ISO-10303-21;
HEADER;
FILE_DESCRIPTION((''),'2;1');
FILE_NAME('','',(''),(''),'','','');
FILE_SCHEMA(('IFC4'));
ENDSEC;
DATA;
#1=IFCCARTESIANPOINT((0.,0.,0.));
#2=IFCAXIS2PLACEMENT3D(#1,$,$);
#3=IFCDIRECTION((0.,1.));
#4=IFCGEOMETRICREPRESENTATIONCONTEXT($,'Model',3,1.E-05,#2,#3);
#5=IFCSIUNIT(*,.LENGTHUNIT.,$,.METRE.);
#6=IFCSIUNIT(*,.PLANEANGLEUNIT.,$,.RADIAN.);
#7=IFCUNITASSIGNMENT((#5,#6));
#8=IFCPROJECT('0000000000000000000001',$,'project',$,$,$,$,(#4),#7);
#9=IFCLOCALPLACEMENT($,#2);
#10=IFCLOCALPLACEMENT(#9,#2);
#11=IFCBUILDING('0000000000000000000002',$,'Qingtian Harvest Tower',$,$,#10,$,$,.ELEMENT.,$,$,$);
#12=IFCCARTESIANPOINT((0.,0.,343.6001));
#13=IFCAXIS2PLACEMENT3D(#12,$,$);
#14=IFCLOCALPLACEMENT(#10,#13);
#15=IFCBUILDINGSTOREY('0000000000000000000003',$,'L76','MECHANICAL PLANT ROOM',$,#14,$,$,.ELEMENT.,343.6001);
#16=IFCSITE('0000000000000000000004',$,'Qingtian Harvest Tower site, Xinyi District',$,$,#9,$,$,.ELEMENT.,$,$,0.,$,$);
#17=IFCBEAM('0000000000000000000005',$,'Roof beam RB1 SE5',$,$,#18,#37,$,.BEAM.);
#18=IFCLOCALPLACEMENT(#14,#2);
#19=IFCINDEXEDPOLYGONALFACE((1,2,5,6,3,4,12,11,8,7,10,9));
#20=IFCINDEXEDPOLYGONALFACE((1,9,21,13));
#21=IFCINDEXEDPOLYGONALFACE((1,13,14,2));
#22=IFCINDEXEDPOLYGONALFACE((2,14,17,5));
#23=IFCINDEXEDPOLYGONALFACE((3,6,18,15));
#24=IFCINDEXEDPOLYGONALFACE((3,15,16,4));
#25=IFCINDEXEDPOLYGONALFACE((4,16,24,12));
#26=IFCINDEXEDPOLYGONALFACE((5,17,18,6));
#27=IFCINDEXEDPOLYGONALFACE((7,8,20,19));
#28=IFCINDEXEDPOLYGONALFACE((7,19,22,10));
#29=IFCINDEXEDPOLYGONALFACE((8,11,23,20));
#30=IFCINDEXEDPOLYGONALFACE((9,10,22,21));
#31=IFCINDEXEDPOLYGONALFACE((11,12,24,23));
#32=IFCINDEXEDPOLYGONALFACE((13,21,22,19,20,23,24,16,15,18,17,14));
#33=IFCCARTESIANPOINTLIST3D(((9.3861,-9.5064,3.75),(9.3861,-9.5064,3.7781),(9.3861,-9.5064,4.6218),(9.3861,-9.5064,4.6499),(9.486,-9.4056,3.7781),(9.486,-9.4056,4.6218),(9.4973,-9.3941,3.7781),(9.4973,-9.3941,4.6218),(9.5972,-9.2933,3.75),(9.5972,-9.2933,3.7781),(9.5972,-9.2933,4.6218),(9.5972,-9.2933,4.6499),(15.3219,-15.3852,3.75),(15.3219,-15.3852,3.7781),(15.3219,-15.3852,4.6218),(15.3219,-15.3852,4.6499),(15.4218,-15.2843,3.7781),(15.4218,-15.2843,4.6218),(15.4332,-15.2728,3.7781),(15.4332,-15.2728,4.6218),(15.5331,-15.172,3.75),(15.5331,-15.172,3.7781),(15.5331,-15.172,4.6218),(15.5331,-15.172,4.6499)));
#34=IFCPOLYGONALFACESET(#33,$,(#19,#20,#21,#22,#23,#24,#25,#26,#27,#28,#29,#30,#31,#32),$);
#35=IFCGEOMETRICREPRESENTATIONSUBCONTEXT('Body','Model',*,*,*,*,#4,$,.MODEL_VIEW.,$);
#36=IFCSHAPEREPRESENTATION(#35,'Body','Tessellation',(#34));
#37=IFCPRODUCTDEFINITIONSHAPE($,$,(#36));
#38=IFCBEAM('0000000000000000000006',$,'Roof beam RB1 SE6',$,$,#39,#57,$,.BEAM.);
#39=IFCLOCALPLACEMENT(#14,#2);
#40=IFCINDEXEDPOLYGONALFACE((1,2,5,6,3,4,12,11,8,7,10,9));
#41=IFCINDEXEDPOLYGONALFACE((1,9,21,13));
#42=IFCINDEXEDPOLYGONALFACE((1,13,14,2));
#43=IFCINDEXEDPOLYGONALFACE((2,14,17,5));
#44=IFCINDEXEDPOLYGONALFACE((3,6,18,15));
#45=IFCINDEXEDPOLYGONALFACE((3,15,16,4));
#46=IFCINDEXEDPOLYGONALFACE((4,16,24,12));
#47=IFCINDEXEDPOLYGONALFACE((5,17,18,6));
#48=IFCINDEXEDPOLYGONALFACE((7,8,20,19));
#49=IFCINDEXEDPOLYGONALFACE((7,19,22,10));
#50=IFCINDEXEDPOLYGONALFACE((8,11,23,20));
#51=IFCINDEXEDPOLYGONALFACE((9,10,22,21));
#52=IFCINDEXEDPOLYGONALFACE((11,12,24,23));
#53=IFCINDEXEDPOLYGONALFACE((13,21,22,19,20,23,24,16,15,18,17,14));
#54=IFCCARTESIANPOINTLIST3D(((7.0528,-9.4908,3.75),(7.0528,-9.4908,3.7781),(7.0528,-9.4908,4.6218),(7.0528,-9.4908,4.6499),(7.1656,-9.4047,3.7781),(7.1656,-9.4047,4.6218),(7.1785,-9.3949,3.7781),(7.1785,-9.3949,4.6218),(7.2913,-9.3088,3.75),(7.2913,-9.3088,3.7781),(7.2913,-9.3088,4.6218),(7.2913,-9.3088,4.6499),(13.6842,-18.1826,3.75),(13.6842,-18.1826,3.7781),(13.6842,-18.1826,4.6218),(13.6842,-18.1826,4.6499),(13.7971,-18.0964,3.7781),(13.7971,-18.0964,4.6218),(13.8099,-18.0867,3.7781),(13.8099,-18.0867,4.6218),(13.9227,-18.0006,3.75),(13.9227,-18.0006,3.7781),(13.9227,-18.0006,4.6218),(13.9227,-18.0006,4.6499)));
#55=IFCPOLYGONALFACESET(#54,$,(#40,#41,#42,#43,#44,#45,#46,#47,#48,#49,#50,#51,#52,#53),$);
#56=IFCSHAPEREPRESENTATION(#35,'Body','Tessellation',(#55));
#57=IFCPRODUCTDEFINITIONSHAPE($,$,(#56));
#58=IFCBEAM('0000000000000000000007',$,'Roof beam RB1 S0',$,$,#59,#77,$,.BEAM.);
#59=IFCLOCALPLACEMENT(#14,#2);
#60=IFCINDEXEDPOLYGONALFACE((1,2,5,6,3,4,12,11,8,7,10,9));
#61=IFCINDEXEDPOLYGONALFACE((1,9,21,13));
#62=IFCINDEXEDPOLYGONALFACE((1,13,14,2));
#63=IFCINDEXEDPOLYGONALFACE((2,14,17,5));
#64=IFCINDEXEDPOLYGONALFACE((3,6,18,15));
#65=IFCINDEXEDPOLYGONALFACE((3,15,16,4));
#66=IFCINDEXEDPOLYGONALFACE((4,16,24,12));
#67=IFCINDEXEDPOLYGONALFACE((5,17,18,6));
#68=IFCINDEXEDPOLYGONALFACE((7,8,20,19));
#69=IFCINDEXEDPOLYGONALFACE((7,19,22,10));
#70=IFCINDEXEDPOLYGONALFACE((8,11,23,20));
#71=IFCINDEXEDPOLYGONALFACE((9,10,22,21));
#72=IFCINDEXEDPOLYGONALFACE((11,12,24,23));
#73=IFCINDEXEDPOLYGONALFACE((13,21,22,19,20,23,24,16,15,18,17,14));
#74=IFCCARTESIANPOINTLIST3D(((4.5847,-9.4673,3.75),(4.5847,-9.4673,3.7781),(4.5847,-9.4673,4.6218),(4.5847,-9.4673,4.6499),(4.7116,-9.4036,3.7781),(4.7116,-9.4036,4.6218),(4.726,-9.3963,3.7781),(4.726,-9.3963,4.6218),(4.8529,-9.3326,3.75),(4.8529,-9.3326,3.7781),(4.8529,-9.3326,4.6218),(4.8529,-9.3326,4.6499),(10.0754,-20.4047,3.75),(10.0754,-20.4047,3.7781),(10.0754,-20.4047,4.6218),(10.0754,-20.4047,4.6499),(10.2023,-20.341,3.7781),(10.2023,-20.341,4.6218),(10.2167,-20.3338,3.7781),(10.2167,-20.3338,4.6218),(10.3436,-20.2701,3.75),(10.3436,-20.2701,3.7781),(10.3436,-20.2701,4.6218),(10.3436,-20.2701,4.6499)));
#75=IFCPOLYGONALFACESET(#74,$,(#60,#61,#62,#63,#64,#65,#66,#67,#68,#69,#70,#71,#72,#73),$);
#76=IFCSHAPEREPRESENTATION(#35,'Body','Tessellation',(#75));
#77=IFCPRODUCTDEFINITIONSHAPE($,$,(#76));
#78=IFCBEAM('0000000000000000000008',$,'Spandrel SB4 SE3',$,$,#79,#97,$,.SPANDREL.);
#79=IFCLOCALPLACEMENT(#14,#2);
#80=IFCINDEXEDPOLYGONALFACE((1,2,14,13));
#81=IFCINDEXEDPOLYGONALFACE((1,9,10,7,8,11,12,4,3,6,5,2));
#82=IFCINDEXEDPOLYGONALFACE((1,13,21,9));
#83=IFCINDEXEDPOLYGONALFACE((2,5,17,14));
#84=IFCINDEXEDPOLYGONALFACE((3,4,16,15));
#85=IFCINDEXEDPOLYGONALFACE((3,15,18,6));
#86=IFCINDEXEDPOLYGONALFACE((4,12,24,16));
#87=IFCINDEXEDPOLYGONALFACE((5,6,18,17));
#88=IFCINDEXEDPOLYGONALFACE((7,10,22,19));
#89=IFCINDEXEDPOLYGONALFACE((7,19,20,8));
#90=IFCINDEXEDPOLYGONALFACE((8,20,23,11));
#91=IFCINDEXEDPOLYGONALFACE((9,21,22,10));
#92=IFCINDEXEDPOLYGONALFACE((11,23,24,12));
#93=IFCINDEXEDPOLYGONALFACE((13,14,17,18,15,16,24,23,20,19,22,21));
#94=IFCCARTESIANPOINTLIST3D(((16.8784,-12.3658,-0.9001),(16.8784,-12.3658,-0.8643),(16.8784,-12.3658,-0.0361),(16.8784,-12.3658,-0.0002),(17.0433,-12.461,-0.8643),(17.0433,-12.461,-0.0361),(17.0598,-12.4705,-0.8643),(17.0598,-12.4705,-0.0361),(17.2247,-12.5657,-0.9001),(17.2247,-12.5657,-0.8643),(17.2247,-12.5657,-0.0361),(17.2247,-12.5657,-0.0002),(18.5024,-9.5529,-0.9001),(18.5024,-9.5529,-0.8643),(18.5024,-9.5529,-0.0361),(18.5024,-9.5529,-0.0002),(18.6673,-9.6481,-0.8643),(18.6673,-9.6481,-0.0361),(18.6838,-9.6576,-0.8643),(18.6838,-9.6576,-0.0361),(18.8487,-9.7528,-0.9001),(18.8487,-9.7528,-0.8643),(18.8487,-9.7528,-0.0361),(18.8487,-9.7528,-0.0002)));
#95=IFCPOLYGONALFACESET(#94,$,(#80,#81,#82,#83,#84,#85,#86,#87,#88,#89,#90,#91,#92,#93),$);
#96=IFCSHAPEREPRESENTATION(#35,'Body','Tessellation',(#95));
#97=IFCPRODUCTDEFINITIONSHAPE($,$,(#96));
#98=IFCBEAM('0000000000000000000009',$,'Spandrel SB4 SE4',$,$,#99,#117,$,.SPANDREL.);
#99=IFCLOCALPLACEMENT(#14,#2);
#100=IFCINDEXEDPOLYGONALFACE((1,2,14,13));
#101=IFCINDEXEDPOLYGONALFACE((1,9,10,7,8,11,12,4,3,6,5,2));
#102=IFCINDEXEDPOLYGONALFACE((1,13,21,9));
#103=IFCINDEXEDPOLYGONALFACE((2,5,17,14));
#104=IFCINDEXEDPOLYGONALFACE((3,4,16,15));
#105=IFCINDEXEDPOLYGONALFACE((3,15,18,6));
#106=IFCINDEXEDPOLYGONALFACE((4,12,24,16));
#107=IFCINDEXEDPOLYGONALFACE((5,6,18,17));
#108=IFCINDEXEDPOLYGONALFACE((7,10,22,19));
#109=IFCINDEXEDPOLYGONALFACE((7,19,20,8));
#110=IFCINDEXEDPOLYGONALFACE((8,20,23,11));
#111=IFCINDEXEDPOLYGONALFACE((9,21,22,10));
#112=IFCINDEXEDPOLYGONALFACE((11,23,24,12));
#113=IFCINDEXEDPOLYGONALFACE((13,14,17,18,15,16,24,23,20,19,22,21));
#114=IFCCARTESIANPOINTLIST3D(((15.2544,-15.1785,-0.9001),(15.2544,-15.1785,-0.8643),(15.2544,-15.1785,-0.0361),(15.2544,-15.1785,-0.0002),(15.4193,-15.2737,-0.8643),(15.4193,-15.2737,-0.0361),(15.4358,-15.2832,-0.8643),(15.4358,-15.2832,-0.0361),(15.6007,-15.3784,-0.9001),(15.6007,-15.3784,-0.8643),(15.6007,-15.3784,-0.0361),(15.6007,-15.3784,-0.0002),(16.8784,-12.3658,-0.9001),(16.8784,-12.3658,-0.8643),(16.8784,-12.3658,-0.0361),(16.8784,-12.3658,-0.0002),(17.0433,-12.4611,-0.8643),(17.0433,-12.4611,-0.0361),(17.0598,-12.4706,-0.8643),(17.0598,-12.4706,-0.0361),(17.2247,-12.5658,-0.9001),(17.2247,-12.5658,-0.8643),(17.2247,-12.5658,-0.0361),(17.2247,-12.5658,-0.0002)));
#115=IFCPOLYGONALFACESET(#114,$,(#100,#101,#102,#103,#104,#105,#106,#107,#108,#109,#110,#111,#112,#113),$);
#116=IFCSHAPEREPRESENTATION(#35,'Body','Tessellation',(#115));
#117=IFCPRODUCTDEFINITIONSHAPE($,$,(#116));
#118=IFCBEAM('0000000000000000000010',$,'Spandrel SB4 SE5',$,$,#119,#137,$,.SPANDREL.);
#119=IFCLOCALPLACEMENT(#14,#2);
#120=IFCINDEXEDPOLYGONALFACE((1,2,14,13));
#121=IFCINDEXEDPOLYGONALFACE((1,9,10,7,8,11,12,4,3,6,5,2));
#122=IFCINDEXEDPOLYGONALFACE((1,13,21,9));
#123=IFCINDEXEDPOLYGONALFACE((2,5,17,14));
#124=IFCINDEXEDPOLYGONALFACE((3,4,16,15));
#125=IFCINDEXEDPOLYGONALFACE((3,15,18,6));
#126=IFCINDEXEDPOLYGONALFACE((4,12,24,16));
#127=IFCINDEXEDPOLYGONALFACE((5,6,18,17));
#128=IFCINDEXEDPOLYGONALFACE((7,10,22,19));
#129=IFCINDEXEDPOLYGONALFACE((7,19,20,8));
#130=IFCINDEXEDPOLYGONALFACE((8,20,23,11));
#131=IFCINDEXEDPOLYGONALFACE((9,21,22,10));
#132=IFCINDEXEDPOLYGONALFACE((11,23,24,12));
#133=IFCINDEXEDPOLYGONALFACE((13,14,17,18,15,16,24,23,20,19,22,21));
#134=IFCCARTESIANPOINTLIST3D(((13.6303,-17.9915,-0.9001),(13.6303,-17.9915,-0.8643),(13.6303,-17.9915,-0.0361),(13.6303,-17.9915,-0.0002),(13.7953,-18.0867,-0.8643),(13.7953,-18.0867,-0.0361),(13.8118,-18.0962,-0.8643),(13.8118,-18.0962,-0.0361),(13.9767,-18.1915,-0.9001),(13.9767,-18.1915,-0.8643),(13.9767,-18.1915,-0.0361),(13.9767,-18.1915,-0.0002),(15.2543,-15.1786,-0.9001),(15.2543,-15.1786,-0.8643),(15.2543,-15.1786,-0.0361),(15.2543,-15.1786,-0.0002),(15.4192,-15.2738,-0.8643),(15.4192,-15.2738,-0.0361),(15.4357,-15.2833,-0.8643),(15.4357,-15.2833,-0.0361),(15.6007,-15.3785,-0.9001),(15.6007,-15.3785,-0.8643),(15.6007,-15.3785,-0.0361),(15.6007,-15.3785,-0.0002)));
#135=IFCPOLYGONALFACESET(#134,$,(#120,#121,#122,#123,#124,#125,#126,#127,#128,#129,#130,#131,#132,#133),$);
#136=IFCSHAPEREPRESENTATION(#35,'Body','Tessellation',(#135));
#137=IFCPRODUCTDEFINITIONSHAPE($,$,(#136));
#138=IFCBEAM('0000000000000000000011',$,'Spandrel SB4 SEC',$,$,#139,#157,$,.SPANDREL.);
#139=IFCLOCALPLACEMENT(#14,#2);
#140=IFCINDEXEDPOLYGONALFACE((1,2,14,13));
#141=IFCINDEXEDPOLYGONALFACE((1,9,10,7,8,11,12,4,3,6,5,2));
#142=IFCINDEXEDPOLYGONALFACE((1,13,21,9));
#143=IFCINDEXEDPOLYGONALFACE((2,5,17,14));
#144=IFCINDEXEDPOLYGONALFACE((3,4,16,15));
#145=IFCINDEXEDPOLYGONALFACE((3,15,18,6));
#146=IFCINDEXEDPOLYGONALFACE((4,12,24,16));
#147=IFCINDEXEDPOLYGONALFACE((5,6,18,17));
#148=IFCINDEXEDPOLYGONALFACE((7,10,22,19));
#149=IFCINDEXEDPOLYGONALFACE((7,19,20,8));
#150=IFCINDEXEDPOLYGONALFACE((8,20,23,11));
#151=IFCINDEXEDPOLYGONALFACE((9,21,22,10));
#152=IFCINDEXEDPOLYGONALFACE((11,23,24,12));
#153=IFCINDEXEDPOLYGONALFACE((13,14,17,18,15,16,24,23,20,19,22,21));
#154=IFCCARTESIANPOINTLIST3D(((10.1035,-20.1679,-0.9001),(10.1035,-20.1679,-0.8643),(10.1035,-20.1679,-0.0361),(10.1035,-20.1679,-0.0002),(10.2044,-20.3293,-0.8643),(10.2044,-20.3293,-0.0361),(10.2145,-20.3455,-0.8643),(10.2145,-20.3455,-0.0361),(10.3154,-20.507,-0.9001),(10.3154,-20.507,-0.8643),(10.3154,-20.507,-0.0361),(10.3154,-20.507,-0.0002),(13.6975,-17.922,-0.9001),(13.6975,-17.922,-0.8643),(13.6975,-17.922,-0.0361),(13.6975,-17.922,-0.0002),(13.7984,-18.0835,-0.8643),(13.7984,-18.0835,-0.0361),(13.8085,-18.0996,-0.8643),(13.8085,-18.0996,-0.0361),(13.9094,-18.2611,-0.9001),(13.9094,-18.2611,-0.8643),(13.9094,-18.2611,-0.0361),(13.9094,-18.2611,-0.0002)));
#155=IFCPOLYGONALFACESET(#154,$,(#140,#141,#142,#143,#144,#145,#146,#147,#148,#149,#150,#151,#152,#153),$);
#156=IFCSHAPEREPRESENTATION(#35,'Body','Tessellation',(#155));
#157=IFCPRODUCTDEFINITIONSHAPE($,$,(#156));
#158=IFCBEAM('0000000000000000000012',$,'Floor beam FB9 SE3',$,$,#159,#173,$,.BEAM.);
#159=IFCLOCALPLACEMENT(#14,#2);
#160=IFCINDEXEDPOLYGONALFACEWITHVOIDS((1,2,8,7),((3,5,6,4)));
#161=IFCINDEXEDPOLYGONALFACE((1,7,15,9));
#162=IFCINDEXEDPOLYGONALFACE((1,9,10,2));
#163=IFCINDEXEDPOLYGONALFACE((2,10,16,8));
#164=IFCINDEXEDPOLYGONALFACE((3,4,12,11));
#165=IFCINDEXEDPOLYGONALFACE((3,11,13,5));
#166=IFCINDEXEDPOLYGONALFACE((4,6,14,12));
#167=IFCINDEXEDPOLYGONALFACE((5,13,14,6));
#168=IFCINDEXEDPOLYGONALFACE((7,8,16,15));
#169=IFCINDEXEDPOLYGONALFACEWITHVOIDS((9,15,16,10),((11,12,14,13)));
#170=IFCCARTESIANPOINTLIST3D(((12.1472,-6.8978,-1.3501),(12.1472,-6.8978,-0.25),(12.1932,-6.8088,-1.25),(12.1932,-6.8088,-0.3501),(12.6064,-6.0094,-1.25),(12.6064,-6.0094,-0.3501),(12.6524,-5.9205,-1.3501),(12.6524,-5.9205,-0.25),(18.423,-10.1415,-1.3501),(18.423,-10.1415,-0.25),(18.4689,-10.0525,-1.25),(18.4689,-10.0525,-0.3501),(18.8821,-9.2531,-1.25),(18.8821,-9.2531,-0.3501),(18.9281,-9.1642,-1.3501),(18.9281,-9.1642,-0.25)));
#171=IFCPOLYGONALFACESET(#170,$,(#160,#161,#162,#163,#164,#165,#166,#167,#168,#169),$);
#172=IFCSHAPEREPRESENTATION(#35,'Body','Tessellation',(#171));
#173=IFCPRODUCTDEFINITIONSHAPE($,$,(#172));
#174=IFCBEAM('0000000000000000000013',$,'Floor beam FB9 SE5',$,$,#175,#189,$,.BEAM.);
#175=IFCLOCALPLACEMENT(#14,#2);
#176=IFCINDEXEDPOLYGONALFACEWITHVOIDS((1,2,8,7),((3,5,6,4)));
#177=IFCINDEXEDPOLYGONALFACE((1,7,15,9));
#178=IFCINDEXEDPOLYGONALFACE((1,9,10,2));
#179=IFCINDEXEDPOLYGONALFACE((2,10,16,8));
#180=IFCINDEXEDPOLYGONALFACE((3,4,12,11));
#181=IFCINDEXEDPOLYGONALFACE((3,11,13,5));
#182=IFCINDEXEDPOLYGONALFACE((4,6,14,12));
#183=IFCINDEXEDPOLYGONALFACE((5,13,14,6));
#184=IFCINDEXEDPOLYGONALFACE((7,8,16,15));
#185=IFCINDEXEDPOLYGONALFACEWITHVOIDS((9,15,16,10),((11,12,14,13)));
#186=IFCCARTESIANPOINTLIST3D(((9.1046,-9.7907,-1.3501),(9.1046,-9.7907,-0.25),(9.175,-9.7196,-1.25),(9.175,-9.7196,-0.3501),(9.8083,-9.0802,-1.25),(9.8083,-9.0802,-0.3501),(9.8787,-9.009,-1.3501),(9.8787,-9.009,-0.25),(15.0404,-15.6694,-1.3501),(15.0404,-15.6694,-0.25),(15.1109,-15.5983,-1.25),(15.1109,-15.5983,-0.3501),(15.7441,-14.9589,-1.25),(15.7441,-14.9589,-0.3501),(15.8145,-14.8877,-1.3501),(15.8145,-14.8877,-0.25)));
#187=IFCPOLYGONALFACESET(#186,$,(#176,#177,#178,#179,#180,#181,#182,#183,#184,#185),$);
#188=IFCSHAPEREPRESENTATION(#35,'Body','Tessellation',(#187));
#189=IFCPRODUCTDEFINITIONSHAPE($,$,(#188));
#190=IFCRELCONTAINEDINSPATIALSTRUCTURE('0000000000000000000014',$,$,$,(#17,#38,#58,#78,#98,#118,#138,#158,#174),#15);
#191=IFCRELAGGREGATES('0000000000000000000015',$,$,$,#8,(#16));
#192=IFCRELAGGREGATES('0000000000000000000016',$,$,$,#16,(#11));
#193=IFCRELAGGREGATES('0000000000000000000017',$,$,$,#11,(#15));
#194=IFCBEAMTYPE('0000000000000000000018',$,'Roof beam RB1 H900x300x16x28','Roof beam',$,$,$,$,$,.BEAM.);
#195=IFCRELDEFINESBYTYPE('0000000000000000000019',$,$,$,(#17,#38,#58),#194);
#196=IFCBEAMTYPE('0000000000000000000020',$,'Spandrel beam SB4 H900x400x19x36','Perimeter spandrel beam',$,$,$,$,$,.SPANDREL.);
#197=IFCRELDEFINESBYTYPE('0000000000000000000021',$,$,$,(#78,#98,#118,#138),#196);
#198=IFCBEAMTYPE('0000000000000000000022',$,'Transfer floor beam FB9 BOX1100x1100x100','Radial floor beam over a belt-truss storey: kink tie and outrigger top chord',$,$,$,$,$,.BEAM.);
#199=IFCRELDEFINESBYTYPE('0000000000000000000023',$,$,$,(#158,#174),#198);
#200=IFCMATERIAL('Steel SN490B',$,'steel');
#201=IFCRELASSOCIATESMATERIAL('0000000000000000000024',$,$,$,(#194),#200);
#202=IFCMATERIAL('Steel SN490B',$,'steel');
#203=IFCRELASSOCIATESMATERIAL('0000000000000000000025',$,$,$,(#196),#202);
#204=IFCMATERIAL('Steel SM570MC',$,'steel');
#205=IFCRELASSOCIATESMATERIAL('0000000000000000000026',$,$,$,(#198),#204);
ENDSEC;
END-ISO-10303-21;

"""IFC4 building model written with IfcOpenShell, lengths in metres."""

from ifc_helpers import new_model, si_unit, direction, frame, origin, origin_2d, place, context, subcontext, project, spatial, hollow_rectangle, i_section, extrude, material, material_profile, profile_set, type_object, element, save


model = new_model("IFC4")

# Units and contexts
model_context = context("Model", 3, precision=1e-05, world=origin(), true_north=direction((0.0, 1.0)))
body_context = subcontext(model_context, "Body", "Model", "MODEL_VIEW")
ifc_project = project(units=[si_unit("LENGTHUNIT", "METRE"), si_unit("PLANEANGLEUNIT", "RADIAN")], contexts=[model_context])

# Site, building, storey
site_placement = place(None, origin())
site = spatial("IfcSite", under=ifc_project, at=site_placement, Name="Qingtian Harvest Tower site, Xinyi District", CompositionType="ELEMENT", RefElevation=0.0)
building_placement = place(site_placement, origin())
building = spatial("IfcBuilding", under=site, at=building_placement, Name="Qingtian Harvest Tower", CompositionType="ELEMENT")
storey_placement = place(building_placement, frame((0.0, 0.0, 343.6001)))
storey = spatial("IfcBuildingStorey", under=building, at=storey_placement, Name="L76", Description="MECHANICAL PLANT ROOM", CompositionType="ELEMENT", Elevation=343.6001)

# Beams
ifc_material_1 = material(Name="Steel SN490B", Category="steel")
ifc_material_profile_1 = material_profile(ifc_material_1, i_section(OverallWidth=0.3, OverallDepth=0.8999, WebThickness=0.0161, FlangeThickness=0.0281, at=origin_2d()), Name="H900x300x16x28")
ifc_profile_set_1 = profile_set([ifc_material_profile_1], Name="Steel SN490B")
beam_type_1 = type_object("IfcBeamType", Name="Roof beam RB1 H900x300x16x28", Description="Roof beam", PredefinedType="BEAM", material=ifc_profile_set_1)
beam_1_placement = place(storey_placement, frame((15.4275, -15.2786, 4.2), z_axis=(-0.710518, 0.703679, 0.0), x_axis=(-0.703679, -0.710518, 0.0)))
element("IfcBeam", 1, at=beam_1_placement, inside=storey, type_object=beam_type_1, Name="Roof beam RB1 SE5", PredefinedType="BEAM", context=body_context, shape_type="SweptSolid", body=[
    extrude(i_section(OverallWidth=0.3, OverallDepth=0.8999, WebThickness=0.0161, FlangeThickness=0.0281, at=origin_2d()), origin(), (0.0, 0.0, 1.0), 8.3542),
])
beam_2_placement = place(storey_placement, frame((13.8035, -18.0916, 4.2), z_axis=(-0.606572, 0.795029, 0.0), x_axis=(-0.795029, -0.606572, 0.0)))
element("IfcBeam", 2, at=beam_2_placement, inside=storey, type_object=beam_type_1, Name="Roof beam RB1 SE6", PredefinedType="BEAM", context=body_context, shape_type="SweptSolid", body=[
    extrude(i_section(OverallWidth=0.3, OverallDepth=0.8999, WebThickness=0.0161, FlangeThickness=0.0281, at=origin_2d()), origin(), (0.0, 0.0, 1.0), 10.9326),
])
beam_3_placement = place(storey_placement, frame((10.2095, -20.3374, 4.2), z_axis=(-0.448649, 0.893708, 0.0), x_axis=(-0.893708, -0.448649, 0.0)))
element("IfcBeam", 3, at=beam_3_placement, inside=storey, type_object=beam_type_1, Name="Roof beam RB1 S0", PredefinedType="BEAM", context=body_context, shape_type="SweptSolid", body=[
    extrude(i_section(OverallWidth=0.3, OverallDepth=0.8999, WebThickness=0.0161, FlangeThickness=0.0281, at=origin_2d()), origin(), (0.0, 0.0, 1.0), 12.2383),
])
ifc_material_2 = material(Name="Steel SN490B", Category="steel")
ifc_material_profile_2 = material_profile(ifc_material_2, i_section(OverallWidth=0.3999, OverallDepth=0.8999, WebThickness=0.019, FlangeThickness=0.0359, at=origin_2d()), Name="H900x400x19x36")
ifc_profile_set_2 = profile_set([ifc_material_profile_2], Name="Steel SN490B")
beam_type_2 = type_object("IfcBeamType", Name="Spandrel beam SB4 H900x400x19x36", Description="Perimeter spandrel beam", PredefinedType="SPANDREL", material=ifc_profile_set_2)
beam_4_placement = place(storey_placement, frame((18.6755, -9.6528, -0.4502), z_axis=(-0.499987, -0.866033, 0.0), x_axis=(0.866033, -0.499987, 0.0)))
element("IfcBeam", 4, at=beam_4_placement, inside=storey, type_object=beam_type_2, Name="Spandrel SB4 SE3", PredefinedType="SPANDREL", context=body_context, shape_type="SweptSolid", body=[
    extrude(i_section(OverallWidth=0.3999, OverallDepth=0.8999, WebThickness=0.019, FlangeThickness=0.0359, at=origin_2d()), origin(), (0.0, 0.0, 1.0), 3.248),
])
beam_5_placement = place(storey_placement, frame((17.0515, -12.4658, -0.4502), z_axis=(-0.50002, -0.866014, 0.0), x_axis=(0.866014, -0.50002, 0.0)))
element("IfcBeam", 5, at=beam_5_placement, inside=storey, type_object=beam_type_2, Name="Spandrel SB4 SE4", PredefinedType="SPANDREL", context=body_context, shape_type="SweptSolid", body=[
    extrude(i_section(OverallWidth=0.3999, OverallDepth=0.8999, WebThickness=0.019, FlangeThickness=0.0359, at=origin_2d()), origin(), (0.0, 0.0, 1.0), 3.2478),
])
beam_6_placement = place(storey_placement, frame((15.4275, -15.2786, -0.4502), z_axis=(-0.499987, -0.866033, 0.0), x_axis=(0.866033, -0.499987, 0.0)))
element("IfcBeam", 6, at=beam_6_placement, inside=storey, type_object=beam_type_2, Name="Spandrel SB4 SE5", PredefinedType="SPANDREL", context=body_context, shape_type="SweptSolid", body=[
    extrude(i_section(OverallWidth=0.3999, OverallDepth=0.8999, WebThickness=0.019, FlangeThickness=0.0359, at=origin_2d()), origin(), (0.0, 0.0, 1.0), 3.248),
])
beam_7_placement = place(storey_placement, frame((13.8035, -18.0916, -0.4502), z_axis=(-0.84804, -0.529932, 0.0), x_axis=(0.529932, -0.84804, 0.0)))
element("IfcBeam", 7, at=beam_7_placement, inside=storey, type_object=beam_type_2, Name="Spandrel SB4 SEC", PredefinedType="SPANDREL", context=body_context, shape_type="SweptSolid", body=[
    extrude(i_section(OverallWidth=0.3999, OverallDepth=0.8999, WebThickness=0.019, FlangeThickness=0.0359, at=origin_2d()), origin(), (0.0, 0.0, 1.0), 4.238),
])
ifc_material_3 = material(Name="Steel SM570MC", Category="steel")
ifc_material_profile_3 = material_profile(ifc_material_3, hollow_rectangle(XDim=1.1001, YDim=1.1001, WallThickness=0.1001, at=origin_2d()), Name="BOX1100x1100x100")
ifc_profile_set_3 = profile_set([ifc_material_profile_3], Name="Steel SM570MC")
beam_type_3 = type_object("IfcBeamType", Name="Transfer floor beam FB9 BOX1100x1100x100", Description="Radial floor beam over a belt-truss storey: kink tie and outrigger top chord", PredefinedType="BEAM", material=ifc_profile_set_3)
beam_8_placement = place(storey_placement, frame((18.6755, -9.6528, -0.8), z_axis=(-0.888354, 0.459159, 0.0), x_axis=(-0.459159, -0.888354, 0.0)))
element("IfcBeam", 8, at=beam_8_placement, inside=storey, type_object=beam_type_3, Name="Floor beam FB9 SE3", PredefinedType="BEAM", context=body_context, shape_type="SweptSolid", body=[
    extrude(hollow_rectangle(XDim=1.1001, YDim=1.1001, WallThickness=0.1001, at=origin_2d()), origin(), (0.0, 0.0, 1.0), 7.0645),
])
beam_9_placement = place(storey_placement, frame((15.4275, -15.2786, -0.8), z_axis=(-0.710518, 0.703679, 0.0), x_axis=(-0.703679, -0.710518, 0.0)))
element("IfcBeam", 9, at=beam_9_placement, inside=storey, type_object=beam_type_3, Name="Floor beam FB9 SE5", PredefinedType="BEAM", context=body_context, shape_type="SweptSolid", body=[
    extrude(hollow_rectangle(XDim=1.1001, YDim=1.1001, WallThickness=0.1001, at=origin_2d()), origin(), (0.0, 0.0, 1.0), 8.3542),
])

save(model, "model.ifc")
